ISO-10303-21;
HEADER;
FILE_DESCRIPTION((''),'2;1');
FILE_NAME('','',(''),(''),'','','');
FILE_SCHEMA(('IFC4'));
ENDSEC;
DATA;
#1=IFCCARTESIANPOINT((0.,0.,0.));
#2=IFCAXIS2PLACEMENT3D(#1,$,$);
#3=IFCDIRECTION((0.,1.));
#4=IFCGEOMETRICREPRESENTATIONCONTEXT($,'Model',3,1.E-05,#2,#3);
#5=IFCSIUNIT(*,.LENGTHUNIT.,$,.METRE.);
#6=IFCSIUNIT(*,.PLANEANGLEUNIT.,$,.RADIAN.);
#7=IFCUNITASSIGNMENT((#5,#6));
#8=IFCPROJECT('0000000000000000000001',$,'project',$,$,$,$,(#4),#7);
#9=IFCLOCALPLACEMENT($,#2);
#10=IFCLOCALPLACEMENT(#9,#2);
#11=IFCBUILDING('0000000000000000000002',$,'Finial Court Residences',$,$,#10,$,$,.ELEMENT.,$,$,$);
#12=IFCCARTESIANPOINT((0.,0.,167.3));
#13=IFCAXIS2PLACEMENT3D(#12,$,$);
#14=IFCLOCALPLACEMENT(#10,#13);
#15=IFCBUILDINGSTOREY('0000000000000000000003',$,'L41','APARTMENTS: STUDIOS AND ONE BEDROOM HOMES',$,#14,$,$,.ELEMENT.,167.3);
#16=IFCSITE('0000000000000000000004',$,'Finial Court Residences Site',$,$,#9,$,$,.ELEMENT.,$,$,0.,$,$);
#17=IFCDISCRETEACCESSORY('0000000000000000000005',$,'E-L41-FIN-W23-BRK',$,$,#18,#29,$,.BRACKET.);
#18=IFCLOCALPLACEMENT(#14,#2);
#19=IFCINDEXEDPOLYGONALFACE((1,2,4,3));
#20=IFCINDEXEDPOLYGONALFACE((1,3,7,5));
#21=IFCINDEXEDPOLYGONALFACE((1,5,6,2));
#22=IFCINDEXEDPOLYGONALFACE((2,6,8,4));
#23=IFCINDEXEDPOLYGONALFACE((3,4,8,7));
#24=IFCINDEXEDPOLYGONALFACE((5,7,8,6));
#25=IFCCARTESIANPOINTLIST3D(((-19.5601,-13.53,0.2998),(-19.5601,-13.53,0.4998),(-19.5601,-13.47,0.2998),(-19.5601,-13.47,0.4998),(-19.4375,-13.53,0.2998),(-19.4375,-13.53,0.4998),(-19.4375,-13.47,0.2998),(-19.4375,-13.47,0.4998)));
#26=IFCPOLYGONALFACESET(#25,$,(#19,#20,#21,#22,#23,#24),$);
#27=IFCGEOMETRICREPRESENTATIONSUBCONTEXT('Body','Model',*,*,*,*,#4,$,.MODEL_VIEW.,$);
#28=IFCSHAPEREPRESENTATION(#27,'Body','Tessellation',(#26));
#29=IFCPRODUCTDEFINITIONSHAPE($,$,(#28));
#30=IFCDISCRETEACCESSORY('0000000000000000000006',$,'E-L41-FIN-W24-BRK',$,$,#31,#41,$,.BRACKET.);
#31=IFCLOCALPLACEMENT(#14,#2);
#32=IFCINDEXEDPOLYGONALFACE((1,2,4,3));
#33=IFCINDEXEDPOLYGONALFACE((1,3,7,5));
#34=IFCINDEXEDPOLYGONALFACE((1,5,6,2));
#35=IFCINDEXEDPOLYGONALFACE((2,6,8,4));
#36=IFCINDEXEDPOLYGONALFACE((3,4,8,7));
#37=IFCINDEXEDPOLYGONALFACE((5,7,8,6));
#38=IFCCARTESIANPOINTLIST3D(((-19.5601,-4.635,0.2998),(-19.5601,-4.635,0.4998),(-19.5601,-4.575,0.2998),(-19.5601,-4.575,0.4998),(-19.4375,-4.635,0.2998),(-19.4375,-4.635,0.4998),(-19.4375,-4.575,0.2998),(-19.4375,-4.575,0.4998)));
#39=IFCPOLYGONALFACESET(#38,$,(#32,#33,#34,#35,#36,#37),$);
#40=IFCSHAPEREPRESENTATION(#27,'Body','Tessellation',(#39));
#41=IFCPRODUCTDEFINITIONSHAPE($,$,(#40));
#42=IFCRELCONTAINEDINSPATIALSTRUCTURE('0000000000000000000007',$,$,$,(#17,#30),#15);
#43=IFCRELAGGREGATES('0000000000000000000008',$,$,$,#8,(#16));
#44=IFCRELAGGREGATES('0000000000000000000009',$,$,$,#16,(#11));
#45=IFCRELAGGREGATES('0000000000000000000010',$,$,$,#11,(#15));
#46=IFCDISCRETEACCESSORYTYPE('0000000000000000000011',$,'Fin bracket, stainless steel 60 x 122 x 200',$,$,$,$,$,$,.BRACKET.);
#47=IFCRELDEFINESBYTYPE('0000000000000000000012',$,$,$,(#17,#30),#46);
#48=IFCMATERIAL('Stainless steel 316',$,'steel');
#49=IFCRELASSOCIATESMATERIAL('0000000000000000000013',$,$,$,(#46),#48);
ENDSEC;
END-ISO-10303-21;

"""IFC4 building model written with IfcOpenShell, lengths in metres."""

from ifc_helpers import new_model, si_unit, direction, frame, origin, origin_2d, place, context, subcontext, project, spatial, rectangle, extrude, material, type_object, element, save


model = new_model("IFC4")

# Units and contexts
model_context = context("Model", 3, precision=1e-05, world=origin(), true_north=direction((0.0, 1.0)))
body_context = subcontext(model_context, "Body", "Model", "MODEL_VIEW")
ifc_project = project(units=[si_unit("LENGTHUNIT", "METRE"), si_unit("PLANEANGLEUNIT", "RADIAN")], contexts=[model_context])

# Site, building, storey
site_placement = place(None, origin())
site = spatial("IfcSite", under=ifc_project, at=site_placement, Name="Finial Court Residences Site", CompositionType="ELEMENT", RefElevation=0.0)
building_placement = place(site_placement, origin())
building = spatial("IfcBuilding", under=site, at=building_placement, Name="Finial Court Residences", CompositionType="ELEMENT")
storey_placement = place(building_placement, frame((0.0, 0.0, 167.3)))
storey = spatial("IfcBuildingStorey", under=building, at=storey_placement, Name="L41", Description="APARTMENTS: STUDIOS AND ONE BEDROOM HOMES", CompositionType="ELEMENT", Elevation=167.3)

# Discrete accessories
ifc_material_1 = material(Name="Stainless steel 316", Category="steel")
discrete_accessory_type = type_object("IfcDiscreteAccessoryType", Name="Fin bracket, stainless steel 60 x 122 x 200", PredefinedType="BRACKET", material=ifc_material_1)
for number, where, z_axis, x_axis, name in (
    (1, (-19.4988, -13.5, 0.2998), (0.0, 0.0, 1.0), (1.0, 0.0, 0.0), "E-L41-FIN-W23-BRK"),
    (2, (-19.4988, -4.605, 0.2998), (0.0, 0.0, 1.0), (1.0, 0.0, 0.0), "E-L41-FIN-W24-BRK"),
):
    element("IfcDiscreteAccessory", number, at=place(storey_placement, frame(where, z_axis=z_axis, x_axis=x_axis)), inside=storey, type_object=discrete_accessory_type, Name=name, PredefinedType="BRACKET", context=body_context, shape_type="SweptSolid", body=[
        extrude(rectangle(XDim=0.1226, YDim=0.0601, at=origin_2d()), origin(), (0.0, 0.0, 1.0), 0.2),
    ])

save(model, "model.ifc")
